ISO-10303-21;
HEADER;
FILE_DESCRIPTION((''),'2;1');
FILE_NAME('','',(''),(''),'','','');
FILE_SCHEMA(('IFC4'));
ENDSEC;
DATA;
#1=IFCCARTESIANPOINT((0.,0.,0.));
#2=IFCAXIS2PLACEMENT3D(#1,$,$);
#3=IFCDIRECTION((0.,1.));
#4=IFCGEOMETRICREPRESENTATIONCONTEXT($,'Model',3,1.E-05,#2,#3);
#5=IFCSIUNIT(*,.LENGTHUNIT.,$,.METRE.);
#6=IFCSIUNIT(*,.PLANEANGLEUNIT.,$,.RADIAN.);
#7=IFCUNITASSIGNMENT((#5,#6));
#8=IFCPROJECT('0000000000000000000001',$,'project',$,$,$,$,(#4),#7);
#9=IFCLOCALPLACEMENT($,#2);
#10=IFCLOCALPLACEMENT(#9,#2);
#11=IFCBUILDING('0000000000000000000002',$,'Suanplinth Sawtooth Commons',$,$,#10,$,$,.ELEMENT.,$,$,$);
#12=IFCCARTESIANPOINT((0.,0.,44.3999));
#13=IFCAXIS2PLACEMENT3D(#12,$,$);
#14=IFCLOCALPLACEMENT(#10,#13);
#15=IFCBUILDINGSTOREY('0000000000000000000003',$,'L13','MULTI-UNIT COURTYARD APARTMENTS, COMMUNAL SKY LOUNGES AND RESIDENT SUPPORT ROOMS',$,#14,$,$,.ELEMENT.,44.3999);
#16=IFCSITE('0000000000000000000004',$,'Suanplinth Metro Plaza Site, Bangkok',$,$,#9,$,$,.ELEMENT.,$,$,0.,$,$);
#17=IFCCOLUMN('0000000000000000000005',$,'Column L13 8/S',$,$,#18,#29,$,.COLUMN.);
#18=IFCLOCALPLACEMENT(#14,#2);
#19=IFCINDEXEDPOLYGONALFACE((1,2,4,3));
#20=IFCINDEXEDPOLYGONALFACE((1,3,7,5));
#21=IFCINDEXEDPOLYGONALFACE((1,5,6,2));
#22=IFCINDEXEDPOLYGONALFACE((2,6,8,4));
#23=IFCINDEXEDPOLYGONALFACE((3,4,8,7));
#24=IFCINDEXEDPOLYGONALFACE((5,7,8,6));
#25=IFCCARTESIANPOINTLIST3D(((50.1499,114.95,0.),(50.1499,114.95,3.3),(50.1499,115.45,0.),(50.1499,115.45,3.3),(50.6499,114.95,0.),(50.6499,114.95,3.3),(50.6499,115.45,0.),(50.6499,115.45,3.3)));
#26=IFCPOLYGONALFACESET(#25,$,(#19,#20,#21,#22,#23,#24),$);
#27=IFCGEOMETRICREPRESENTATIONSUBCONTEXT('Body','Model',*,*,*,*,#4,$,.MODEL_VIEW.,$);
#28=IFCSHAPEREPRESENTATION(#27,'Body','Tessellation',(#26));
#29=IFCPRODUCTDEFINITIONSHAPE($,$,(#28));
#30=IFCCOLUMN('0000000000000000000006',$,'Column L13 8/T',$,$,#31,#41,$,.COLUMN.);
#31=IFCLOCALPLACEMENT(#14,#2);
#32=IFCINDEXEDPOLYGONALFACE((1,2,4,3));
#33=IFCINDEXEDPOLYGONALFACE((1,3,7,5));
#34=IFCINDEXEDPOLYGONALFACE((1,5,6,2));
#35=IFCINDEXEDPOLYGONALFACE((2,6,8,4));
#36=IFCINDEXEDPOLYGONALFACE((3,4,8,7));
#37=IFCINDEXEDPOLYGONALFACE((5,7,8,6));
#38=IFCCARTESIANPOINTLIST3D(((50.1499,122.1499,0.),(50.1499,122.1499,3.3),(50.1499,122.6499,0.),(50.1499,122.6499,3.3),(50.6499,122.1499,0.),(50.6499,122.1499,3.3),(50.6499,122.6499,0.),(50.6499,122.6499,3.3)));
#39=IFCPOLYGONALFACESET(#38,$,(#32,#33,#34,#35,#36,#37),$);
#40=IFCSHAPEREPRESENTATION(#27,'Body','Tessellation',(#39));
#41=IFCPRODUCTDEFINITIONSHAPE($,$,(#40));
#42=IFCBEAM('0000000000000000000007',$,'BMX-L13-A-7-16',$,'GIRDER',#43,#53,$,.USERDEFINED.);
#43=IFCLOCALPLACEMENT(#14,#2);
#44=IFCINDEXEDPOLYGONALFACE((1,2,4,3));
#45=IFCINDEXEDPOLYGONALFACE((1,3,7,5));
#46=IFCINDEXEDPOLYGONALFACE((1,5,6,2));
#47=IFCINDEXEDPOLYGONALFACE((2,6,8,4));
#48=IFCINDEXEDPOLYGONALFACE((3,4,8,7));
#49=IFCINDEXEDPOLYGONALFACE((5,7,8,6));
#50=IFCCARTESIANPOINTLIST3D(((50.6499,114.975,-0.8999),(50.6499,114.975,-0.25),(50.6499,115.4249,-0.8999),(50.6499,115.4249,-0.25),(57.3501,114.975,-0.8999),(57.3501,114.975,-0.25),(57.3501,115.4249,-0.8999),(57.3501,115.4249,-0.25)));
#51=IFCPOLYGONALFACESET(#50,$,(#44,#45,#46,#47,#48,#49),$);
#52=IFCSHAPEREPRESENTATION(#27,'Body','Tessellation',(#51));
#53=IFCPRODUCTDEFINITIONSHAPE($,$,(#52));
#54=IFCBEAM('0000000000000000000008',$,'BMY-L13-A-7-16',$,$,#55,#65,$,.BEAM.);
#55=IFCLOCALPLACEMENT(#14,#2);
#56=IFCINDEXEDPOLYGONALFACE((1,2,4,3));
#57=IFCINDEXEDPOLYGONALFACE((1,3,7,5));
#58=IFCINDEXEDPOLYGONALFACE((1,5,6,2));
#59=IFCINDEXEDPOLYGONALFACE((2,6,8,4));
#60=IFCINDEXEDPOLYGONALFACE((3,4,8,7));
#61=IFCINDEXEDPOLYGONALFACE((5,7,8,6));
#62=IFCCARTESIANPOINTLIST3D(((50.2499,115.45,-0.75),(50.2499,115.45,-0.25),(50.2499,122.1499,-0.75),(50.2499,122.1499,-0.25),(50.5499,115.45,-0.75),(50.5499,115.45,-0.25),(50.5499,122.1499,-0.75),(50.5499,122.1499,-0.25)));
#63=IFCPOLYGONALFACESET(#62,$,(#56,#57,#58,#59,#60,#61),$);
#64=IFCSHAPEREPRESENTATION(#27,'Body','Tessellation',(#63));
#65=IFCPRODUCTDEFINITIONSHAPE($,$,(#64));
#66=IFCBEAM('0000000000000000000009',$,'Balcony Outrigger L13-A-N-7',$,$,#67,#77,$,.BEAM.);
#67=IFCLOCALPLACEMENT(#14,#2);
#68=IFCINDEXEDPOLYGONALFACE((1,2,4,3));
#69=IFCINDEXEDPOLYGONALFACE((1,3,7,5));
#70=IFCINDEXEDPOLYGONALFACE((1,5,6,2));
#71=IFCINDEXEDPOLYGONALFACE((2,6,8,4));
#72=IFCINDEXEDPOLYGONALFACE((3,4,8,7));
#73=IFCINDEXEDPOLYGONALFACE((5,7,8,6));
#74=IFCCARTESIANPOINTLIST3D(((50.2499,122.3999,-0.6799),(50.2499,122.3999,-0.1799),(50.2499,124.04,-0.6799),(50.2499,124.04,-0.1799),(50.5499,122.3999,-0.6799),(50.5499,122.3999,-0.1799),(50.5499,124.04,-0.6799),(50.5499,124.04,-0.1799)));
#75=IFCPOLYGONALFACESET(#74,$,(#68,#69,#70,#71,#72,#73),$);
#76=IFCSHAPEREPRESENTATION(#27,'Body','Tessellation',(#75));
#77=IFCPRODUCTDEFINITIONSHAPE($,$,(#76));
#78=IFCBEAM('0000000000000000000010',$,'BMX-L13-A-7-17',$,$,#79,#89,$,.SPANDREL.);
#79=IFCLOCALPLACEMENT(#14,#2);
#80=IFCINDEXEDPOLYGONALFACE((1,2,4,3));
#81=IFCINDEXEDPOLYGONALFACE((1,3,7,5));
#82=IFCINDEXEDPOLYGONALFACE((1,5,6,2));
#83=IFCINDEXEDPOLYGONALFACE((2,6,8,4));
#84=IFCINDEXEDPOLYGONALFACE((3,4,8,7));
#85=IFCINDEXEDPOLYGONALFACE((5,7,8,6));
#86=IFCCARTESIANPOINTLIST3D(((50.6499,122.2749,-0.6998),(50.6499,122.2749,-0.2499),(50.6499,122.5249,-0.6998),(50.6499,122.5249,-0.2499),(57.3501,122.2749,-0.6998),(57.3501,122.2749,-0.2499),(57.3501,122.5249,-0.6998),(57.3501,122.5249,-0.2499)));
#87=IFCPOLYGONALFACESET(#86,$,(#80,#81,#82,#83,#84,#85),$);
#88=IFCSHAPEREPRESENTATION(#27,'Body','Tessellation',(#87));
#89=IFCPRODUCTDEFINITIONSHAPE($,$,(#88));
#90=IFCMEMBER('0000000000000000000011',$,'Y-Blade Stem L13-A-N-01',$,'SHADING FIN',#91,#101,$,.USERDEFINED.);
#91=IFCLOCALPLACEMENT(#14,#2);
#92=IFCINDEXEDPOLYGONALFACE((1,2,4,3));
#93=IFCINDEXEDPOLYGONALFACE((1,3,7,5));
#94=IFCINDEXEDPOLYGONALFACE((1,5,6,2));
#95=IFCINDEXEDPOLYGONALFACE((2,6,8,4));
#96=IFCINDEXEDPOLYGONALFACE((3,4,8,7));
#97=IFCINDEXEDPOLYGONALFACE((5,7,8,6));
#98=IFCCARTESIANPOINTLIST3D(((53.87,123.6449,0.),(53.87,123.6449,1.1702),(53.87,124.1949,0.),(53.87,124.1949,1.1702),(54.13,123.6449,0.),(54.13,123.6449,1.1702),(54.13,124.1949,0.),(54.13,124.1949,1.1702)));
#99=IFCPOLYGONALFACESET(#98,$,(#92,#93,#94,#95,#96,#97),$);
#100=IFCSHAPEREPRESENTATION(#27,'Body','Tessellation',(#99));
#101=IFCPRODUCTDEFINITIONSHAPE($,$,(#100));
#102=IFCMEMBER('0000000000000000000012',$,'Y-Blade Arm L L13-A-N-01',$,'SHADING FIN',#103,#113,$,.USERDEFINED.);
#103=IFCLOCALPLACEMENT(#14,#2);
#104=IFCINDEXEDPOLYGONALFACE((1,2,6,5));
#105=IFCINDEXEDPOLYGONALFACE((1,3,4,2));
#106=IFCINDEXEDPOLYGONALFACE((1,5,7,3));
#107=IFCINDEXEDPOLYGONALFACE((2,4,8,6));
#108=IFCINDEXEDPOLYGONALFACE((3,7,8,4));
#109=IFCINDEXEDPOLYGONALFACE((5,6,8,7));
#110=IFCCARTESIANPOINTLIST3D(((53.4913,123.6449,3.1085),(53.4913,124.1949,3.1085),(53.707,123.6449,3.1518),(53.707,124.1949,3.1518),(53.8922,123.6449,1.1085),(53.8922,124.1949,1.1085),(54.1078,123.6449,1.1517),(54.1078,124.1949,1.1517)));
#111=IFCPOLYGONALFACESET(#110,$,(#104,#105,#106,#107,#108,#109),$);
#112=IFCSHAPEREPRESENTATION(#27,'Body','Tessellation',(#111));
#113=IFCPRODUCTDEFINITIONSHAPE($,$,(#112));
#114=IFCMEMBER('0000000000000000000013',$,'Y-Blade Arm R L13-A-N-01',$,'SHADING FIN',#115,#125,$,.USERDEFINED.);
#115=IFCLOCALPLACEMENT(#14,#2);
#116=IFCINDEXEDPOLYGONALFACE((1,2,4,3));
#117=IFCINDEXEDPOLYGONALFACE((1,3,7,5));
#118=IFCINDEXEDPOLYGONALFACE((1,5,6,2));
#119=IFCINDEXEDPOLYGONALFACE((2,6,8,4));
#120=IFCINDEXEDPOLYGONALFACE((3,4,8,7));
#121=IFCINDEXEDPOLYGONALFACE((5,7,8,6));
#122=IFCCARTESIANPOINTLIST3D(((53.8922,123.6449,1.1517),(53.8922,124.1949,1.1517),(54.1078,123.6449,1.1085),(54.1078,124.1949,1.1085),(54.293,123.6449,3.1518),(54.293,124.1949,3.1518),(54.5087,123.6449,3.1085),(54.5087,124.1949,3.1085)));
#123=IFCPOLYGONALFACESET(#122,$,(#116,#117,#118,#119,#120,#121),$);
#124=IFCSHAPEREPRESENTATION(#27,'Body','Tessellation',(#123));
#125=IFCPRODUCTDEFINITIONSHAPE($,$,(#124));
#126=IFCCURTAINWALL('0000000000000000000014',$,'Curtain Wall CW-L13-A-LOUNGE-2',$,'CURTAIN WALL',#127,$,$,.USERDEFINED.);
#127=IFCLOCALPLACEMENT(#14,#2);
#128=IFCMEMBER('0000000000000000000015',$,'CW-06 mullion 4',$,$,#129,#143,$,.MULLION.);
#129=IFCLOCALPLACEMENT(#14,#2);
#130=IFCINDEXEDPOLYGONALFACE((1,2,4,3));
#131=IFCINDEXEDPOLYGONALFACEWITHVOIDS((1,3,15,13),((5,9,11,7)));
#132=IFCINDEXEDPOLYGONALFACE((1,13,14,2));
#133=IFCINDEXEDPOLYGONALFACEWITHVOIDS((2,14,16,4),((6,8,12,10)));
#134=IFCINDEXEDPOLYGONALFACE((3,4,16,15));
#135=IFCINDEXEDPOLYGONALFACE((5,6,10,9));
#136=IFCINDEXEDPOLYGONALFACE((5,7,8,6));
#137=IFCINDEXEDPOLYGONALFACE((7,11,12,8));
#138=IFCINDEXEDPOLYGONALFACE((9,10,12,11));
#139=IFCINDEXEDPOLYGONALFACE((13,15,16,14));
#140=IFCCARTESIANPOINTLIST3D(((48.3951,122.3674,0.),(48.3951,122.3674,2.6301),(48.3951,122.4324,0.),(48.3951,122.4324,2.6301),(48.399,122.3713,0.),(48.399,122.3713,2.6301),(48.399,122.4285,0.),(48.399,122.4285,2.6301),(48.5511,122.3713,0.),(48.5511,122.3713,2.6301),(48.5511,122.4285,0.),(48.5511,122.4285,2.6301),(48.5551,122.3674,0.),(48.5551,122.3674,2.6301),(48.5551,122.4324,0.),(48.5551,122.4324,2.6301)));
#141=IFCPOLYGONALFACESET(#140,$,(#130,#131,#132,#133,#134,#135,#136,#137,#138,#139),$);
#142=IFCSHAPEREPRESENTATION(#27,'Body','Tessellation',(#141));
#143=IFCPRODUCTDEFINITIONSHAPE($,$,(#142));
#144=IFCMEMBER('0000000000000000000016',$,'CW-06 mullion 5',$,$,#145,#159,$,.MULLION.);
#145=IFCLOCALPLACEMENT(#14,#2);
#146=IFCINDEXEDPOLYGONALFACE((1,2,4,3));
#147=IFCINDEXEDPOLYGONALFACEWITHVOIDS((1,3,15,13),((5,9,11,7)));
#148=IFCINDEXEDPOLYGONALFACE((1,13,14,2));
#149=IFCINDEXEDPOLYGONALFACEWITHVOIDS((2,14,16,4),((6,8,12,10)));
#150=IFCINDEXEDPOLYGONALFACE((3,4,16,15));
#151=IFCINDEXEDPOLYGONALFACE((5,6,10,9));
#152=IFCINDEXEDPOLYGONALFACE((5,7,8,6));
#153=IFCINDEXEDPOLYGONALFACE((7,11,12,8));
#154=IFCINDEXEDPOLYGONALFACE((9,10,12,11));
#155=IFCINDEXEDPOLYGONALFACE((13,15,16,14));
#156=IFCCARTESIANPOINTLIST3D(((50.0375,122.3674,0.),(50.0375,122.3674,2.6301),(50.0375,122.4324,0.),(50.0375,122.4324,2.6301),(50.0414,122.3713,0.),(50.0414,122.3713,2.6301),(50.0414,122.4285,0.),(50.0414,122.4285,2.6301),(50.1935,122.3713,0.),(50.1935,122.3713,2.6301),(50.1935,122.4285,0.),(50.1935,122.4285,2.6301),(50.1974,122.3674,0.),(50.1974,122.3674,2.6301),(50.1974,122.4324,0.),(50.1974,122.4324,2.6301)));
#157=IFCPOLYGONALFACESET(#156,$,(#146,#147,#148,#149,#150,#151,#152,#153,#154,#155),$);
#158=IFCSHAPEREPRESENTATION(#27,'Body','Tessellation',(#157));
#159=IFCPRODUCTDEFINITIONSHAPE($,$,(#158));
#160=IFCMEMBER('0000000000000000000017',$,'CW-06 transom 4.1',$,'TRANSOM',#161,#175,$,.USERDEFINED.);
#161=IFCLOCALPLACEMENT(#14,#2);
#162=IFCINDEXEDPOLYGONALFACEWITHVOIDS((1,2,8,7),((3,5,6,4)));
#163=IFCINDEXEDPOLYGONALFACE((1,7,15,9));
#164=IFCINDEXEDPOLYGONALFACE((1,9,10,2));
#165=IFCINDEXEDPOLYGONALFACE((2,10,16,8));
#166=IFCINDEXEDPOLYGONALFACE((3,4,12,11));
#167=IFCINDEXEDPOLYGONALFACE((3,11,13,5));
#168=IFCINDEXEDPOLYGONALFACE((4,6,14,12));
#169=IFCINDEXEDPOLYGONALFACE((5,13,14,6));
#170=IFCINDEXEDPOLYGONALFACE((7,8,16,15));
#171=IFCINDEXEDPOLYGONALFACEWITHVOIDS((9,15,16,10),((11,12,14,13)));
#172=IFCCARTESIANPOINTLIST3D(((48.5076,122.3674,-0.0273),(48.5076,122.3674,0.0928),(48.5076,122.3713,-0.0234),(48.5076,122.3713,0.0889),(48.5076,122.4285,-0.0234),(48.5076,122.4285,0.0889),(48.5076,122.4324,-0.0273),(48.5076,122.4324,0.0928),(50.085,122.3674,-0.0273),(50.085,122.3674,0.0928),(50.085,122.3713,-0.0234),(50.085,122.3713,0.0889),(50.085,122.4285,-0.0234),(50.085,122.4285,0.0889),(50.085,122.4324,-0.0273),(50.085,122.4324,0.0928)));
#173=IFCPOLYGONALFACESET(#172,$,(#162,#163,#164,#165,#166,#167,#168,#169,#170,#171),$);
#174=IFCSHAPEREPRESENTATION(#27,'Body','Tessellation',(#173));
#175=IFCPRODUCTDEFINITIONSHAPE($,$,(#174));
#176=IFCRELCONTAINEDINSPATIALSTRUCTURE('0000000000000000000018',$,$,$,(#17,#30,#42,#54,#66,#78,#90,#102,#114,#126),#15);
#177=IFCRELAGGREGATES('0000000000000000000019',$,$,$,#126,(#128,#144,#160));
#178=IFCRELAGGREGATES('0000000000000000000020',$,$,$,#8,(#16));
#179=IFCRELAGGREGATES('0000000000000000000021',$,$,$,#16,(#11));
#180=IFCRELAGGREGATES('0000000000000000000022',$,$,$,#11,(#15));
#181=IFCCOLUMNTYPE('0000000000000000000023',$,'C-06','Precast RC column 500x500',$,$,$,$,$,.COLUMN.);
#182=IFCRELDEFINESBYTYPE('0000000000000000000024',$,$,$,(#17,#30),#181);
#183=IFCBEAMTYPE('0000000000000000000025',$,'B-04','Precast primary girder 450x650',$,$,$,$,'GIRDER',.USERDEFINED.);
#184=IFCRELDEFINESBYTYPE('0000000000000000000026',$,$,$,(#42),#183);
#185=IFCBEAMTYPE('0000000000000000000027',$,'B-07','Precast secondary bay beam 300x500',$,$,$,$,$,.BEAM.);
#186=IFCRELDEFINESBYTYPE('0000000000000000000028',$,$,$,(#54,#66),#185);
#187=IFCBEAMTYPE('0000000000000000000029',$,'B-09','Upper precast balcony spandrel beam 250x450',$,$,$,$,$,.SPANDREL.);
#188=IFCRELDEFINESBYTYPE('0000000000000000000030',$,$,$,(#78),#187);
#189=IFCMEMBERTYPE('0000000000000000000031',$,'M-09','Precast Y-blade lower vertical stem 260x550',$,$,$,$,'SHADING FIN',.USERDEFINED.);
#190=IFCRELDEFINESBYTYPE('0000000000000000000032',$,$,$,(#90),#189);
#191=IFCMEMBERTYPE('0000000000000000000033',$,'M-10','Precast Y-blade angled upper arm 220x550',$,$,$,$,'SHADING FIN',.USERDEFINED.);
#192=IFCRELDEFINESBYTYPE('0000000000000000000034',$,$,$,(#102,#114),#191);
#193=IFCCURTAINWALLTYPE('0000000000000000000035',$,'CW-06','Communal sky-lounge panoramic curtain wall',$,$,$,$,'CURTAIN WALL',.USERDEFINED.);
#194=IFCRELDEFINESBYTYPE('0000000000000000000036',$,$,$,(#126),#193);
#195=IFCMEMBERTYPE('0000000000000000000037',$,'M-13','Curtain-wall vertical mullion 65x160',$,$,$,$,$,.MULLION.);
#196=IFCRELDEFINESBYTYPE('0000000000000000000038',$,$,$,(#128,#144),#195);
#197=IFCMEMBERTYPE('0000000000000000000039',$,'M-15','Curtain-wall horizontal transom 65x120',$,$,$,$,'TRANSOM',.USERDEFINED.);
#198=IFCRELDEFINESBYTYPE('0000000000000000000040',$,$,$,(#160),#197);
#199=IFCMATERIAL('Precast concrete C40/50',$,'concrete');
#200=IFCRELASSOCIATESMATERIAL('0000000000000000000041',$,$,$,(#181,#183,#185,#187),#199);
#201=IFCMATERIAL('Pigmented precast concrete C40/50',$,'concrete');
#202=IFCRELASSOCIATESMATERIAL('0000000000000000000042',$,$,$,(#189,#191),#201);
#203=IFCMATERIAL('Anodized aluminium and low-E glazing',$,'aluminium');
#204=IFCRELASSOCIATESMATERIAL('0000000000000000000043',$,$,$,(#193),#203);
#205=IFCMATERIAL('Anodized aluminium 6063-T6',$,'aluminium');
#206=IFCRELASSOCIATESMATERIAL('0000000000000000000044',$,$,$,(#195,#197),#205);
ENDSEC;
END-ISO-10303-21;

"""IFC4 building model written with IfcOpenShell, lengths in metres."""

from ifc_helpers import new_model, si_unit, direction, frame, origin, origin_2d, place, context, subcontext, project, spatial, rectangle, hollow_rectangle, extrude, material, material_profile, profile_set, type_object, element, aggregate, save


model = new_model("IFC4")

# Units and contexts
model_context = context("Model", 3, precision=1e-05, world=origin(), true_north=direction((0.0, 1.0)))
body_context = subcontext(model_context, "Body", "Model", "MODEL_VIEW")
ifc_project = project(units=[si_unit("LENGTHUNIT", "METRE"), si_unit("PLANEANGLEUNIT", "RADIAN")], contexts=[model_context])

# Site, building, storey
site_placement = place(None, origin())
site = spatial("IfcSite", under=ifc_project, at=site_placement, Name="Suanplinth Metro Plaza Site, Bangkok", CompositionType="ELEMENT", RefElevation=0.0)
building_placement = place(site_placement, origin())
building = spatial("IfcBuilding", under=site, at=building_placement, Name="Suanplinth Sawtooth Commons", CompositionType="ELEMENT")
storey_placement = place(building_placement, frame((0.0, 0.0, 44.3999)))
storey = spatial("IfcBuildingStorey", under=building, at=storey_placement, Name="L13", Description="MULTI-UNIT COURTYARD APARTMENTS, COMMUNAL SKY LOUNGES AND RESIDENT SUPPORT ROOMS", CompositionType="ELEMENT", Elevation=44.3999)

# Columns
ifc_material_1 = material(Name="Precast concrete C40/50", Category="concrete")
ifc_material_profile_1 = material_profile(ifc_material_1, rectangle(XDim=0.5, YDim=0.5, at=origin_2d()), Name="PC-COL 500x500")
ifc_profile_set_1 = profile_set([ifc_material_profile_1], Name="Precast concrete C40/50")
column_type = type_object("IfcColumnType", Name="C-06", Description="Precast RC column 500x500", PredefinedType="COLUMN", material=ifc_profile_set_1)
for number, where, z_axis, x_axis, name in (
    (1, (50.3999, 115.2, 0.0), (0.0, 0.0, 1.0), (1.0, 0.0, 0.0), "Column L13 8/S"),
    (2, (50.3999, 122.3999, 0.0), (0.0, 0.0, 1.0), (1.0, 0.0, 0.0), "Column L13 8/T"),
):
    element("IfcColumn", number, at=place(storey_placement, frame(where, z_axis=z_axis, x_axis=x_axis)), inside=storey, type_object=column_type, Name=name, PredefinedType="COLUMN", context=body_context, shape_type="SweptSolid", body=[
        extrude(rectangle(XDim=0.5, YDim=0.5, at=origin_2d()), origin(), (0.0, 0.0, 1.0), 3.3),
    ])

# Beams
ifc_material_profile_2 = material_profile(ifc_material_1, rectangle(XDim=0.45, YDim=0.6499, at=origin_2d()), Name="PC-GDR 450x650")
ifc_profile_set_2 = profile_set([ifc_material_profile_2], Name="Precast concrete C40/50")
beam_type_1 = type_object("IfcBeamType", Name="B-04", Description="Precast primary girder 450x650", ElementType="GIRDER", PredefinedType="USERDEFINED", material=ifc_profile_set_2)
beam_1_placement = place(storey_placement, frame((50.6499, 115.2, -0.575), z_axis=(1.0, 0.0, 0.0), x_axis=(0.0, 1.0, 0.0)))
element("IfcBeam", 3, at=beam_1_placement, inside=storey, type_object=beam_type_1, Name="BMX-L13-A-7-16", ObjectType="GIRDER", PredefinedType="USERDEFINED", context=body_context, shape_type="SweptSolid", body=[
    extrude(rectangle(XDim=0.45, YDim=0.6499, at=origin_2d()), origin(), (0.0, 0.0, 1.0), 6.7002),
])
ifc_material_profile_3 = material_profile(ifc_material_1, rectangle(XDim=0.3, YDim=0.5, at=origin_2d()), Name="PC-BM 300x500")
ifc_profile_set_3 = profile_set([ifc_material_profile_3], Name="Precast concrete C40/50")
beam_type_2 = type_object("IfcBeamType", Name="B-07", Description="Precast secondary bay beam 300x500", PredefinedType="BEAM", material=ifc_profile_set_3)
beam_2_placement = place(storey_placement, frame((50.3999, 115.45, -0.5), z_axis=(0.0, 1.0, 0.0), x_axis=(-1.0, 0.0, 0.0)))
element("IfcBeam", 4, at=beam_2_placement, inside=storey, type_object=beam_type_2, Name="BMY-L13-A-7-16", PredefinedType="BEAM", context=body_context, shape_type="SweptSolid", body=[
    extrude(rectangle(XDim=0.3, YDim=0.5, at=origin_2d()), origin(), (0.0, 0.0, 1.0), 6.7),
])
beam_3_placement = place(storey_placement, frame((50.3999, 122.3999, -0.4299), z_axis=(0.0, 1.0, 0.0), x_axis=(-1.0, 0.0, 0.0)))
element("IfcBeam", 5, at=beam_3_placement, inside=storey, type_object=beam_type_2, Name="Balcony Outrigger L13-A-N-7", PredefinedType="BEAM", context=body_context, shape_type="SweptSolid", body=[
    extrude(rectangle(XDim=0.3, YDim=0.5, at=origin_2d()), origin(), (0.0, 0.0, 1.0), 1.6401),
])
ifc_material_profile_4 = material_profile(ifc_material_1, rectangle(XDim=0.25, YDim=0.45, at=origin_2d()), Name="PC-SP 250x450")
ifc_profile_set_4 = profile_set([ifc_material_profile_4], Name="Precast concrete C40/50")
beam_type_3 = type_object("IfcBeamType", Name="B-09", Description="Upper precast balcony spandrel beam 250x450", PredefinedType="SPANDREL", material=ifc_profile_set_4)
beam_4_placement = place(storey_placement, frame((50.6499, 122.3999, -0.4749), z_axis=(1.0, 0.0, 0.0), x_axis=(0.0, 1.0, 0.0)))
element("IfcBeam", 6, at=beam_4_placement, inside=storey, type_object=beam_type_3, Name="BMX-L13-A-7-17", PredefinedType="SPANDREL", context=body_context, shape_type="SweptSolid", body=[
    extrude(rectangle(XDim=0.25, YDim=0.45, at=origin_2d()), origin(), (0.0, 0.0, 1.0), 6.7002),
])

# Members
ifc_material_2 = material(Name="Pigmented precast concrete C40/50", Category="concrete")
ifc_material_profile_5 = material_profile(ifc_material_2, rectangle(XDim=0.26, YDim=0.55, at=origin_2d()), Name="PC-FIN 260x550")
ifc_profile_set_5 = profile_set([ifc_material_profile_5], Name="Pigmented precast concrete C40/50")
member_type_1 = type_object("IfcMemberType", Name="M-09", Description="Precast Y-blade lower vertical stem 260x550", ElementType="SHADING FIN", PredefinedType="USERDEFINED", material=ifc_profile_set_5)
member_1_placement = place(storey_placement, frame((54.0, 123.9199, 0.0), z_axis=(0.0, 0.0, 1.0), x_axis=(1.0, 0.0, 0.0)))
element("IfcMember", 7, at=member_1_placement, inside=storey, type_object=member_type_1, Name="Y-Blade Stem L13-A-N-01", ObjectType="SHADING FIN", PredefinedType="USERDEFINED", context=body_context, shape_type="SweptSolid", body=[
    extrude(rectangle(XDim=0.26, YDim=0.55, at=origin_2d()), origin(), (0.0, 0.0, 1.0), 1.1702),
])
ifc_material_profile_6 = material_profile(ifc_material_2, rectangle(XDim=0.22, YDim=0.55, at=origin_2d()), Name="PC-FIN 220x550")
ifc_profile_set_6 = profile_set([ifc_material_profile_6], Name="Pigmented precast concrete C40/50")
member_type_2 = type_object("IfcMemberType", Name="M-10", Description="Precast Y-blade angled upper arm 220x550", ElementType="SHADING FIN", PredefinedType="USERDEFINED", material=ifc_profile_set_6)
for number, where, z_axis, x_axis, name in (
    (8, (54.0, 123.9199, 1.1301), (-0.19653, 0.0, 0.980498), (0.980498, 0.0, 0.19653), "Y-Blade Arm L L13-A-N-01"),
    (9, (54.0, 123.9199, 1.1301), (0.19653, 0.0, 0.980498), (-0.980498, 0.0, 0.19653), "Y-Blade Arm R L13-A-N-01"),
):
    element("IfcMember", number, at=place(storey_placement, frame(where, z_axis=z_axis, x_axis=x_axis)), inside=storey, type_object=member_type_2, Name=name, ObjectType="SHADING FIN", PredefinedType="USERDEFINED", context=body_context, shape_type="SweptSolid", body=[
        extrude(rectangle(XDim=0.22, YDim=0.55, at=origin_2d()), origin(), (0.0, 0.0, 1.0), 2.0398),
    ])

# Curtain wall, members
ifc_material_3 = material(Name="Anodized aluminium and low-E glazing", Category="aluminium")
curtain_wall_type = type_object("IfcCurtainWallType", Name="CW-06", Description="Communal sky-lounge panoramic curtain wall", ElementType="CURTAIN WALL", PredefinedType="USERDEFINED", material=ifc_material_3)
curtain_wall_placement = place(storey_placement, origin())
curtain_wall = element("IfcCurtainWall", 10, at=curtain_wall_placement, inside=storey, type_object=curtain_wall_type, Name="Curtain Wall CW-L13-A-LOUNGE-2", ObjectType="CURTAIN WALL", PredefinedType="USERDEFINED")
ifc_material_4 = material(Name="Anodized aluminium 6063-T6", Category="aluminium")
ifc_material_profile_7 = material_profile(ifc_material_4, hollow_rectangle(XDim=0.0649, YDim=0.1599, WallThickness=0.0039, at=origin_2d()), Name="ALU-MUL 65x160")
ifc_profile_set_7 = profile_set([ifc_material_profile_7], Name="Anodized aluminium 6063-T6")
member_type_3 = type_object("IfcMemberType", Name="M-13", Description="Curtain-wall vertical mullion 65x160", PredefinedType="MULLION", material=ifc_profile_set_7)
member_2_placement = place(storey_placement, frame((48.4751, 122.3999, 0.0), z_axis=(0.0, 0.0, 1.0), x_axis=(0.0, 1.0, 0.0)))
member_2 = element("IfcMember", 11, at=member_2_placement, type_object=member_type_3, Name="CW-06 mullion 4", PredefinedType="MULLION", context=body_context, shape_type="SweptSolid", body=[
    extrude(hollow_rectangle(XDim=0.0649, YDim=0.1599, WallThickness=0.0039, at=origin_2d()), origin(), (0.0, 0.0, 1.0), 2.6301),
])
member_3_placement = place(storey_placement, frame((50.1174, 122.3999, 0.0), z_axis=(0.0, 0.0, 1.0), x_axis=(0.0, 1.0, 0.0)))
member_3 = element("IfcMember", 12, at=member_3_placement, type_object=member_type_3, Name="CW-06 mullion 5", PredefinedType="MULLION", context=body_context, shape_type="SweptSolid", body=[
    extrude(hollow_rectangle(XDim=0.0649, YDim=0.1599, WallThickness=0.0039, at=origin_2d()), origin(), (0.0, 0.0, 1.0), 2.6301),
])
ifc_material_profile_8 = material_profile(ifc_material_4, hollow_rectangle(XDim=0.0649, YDim=0.1201, WallThickness=0.0039, at=origin_2d()), Name="ALU-TRN 65x120")
ifc_profile_set_8 = profile_set([ifc_material_profile_8], Name="Anodized aluminium 6063-T6")
member_type_4 = type_object("IfcMemberType", Name="M-15", Description="Curtain-wall horizontal transom 65x120", ElementType="TRANSOM", PredefinedType="USERDEFINED", material=ifc_profile_set_8)
member_4_placement = place(storey_placement, frame((48.5076, 122.3999, 0.0327), z_axis=(1.0, 0.0, 0.0), x_axis=(0.0, 1.0, 0.0)))
member_4 = element("IfcMember", 13, at=member_4_placement, type_object=member_type_4, Name="CW-06 transom 4.1", ObjectType="TRANSOM", PredefinedType="USERDEFINED", context=body_context, shape_type="SweptSolid", body=[
    extrude(hollow_rectangle(XDim=0.0649, YDim=0.1201, WallThickness=0.0039, at=origin_2d()), origin(), (0.0, 0.0, 1.0), 1.5774),
])

aggregate(curtain_wall, [member_2, member_3, member_4])

save(model, "model.ifc")
